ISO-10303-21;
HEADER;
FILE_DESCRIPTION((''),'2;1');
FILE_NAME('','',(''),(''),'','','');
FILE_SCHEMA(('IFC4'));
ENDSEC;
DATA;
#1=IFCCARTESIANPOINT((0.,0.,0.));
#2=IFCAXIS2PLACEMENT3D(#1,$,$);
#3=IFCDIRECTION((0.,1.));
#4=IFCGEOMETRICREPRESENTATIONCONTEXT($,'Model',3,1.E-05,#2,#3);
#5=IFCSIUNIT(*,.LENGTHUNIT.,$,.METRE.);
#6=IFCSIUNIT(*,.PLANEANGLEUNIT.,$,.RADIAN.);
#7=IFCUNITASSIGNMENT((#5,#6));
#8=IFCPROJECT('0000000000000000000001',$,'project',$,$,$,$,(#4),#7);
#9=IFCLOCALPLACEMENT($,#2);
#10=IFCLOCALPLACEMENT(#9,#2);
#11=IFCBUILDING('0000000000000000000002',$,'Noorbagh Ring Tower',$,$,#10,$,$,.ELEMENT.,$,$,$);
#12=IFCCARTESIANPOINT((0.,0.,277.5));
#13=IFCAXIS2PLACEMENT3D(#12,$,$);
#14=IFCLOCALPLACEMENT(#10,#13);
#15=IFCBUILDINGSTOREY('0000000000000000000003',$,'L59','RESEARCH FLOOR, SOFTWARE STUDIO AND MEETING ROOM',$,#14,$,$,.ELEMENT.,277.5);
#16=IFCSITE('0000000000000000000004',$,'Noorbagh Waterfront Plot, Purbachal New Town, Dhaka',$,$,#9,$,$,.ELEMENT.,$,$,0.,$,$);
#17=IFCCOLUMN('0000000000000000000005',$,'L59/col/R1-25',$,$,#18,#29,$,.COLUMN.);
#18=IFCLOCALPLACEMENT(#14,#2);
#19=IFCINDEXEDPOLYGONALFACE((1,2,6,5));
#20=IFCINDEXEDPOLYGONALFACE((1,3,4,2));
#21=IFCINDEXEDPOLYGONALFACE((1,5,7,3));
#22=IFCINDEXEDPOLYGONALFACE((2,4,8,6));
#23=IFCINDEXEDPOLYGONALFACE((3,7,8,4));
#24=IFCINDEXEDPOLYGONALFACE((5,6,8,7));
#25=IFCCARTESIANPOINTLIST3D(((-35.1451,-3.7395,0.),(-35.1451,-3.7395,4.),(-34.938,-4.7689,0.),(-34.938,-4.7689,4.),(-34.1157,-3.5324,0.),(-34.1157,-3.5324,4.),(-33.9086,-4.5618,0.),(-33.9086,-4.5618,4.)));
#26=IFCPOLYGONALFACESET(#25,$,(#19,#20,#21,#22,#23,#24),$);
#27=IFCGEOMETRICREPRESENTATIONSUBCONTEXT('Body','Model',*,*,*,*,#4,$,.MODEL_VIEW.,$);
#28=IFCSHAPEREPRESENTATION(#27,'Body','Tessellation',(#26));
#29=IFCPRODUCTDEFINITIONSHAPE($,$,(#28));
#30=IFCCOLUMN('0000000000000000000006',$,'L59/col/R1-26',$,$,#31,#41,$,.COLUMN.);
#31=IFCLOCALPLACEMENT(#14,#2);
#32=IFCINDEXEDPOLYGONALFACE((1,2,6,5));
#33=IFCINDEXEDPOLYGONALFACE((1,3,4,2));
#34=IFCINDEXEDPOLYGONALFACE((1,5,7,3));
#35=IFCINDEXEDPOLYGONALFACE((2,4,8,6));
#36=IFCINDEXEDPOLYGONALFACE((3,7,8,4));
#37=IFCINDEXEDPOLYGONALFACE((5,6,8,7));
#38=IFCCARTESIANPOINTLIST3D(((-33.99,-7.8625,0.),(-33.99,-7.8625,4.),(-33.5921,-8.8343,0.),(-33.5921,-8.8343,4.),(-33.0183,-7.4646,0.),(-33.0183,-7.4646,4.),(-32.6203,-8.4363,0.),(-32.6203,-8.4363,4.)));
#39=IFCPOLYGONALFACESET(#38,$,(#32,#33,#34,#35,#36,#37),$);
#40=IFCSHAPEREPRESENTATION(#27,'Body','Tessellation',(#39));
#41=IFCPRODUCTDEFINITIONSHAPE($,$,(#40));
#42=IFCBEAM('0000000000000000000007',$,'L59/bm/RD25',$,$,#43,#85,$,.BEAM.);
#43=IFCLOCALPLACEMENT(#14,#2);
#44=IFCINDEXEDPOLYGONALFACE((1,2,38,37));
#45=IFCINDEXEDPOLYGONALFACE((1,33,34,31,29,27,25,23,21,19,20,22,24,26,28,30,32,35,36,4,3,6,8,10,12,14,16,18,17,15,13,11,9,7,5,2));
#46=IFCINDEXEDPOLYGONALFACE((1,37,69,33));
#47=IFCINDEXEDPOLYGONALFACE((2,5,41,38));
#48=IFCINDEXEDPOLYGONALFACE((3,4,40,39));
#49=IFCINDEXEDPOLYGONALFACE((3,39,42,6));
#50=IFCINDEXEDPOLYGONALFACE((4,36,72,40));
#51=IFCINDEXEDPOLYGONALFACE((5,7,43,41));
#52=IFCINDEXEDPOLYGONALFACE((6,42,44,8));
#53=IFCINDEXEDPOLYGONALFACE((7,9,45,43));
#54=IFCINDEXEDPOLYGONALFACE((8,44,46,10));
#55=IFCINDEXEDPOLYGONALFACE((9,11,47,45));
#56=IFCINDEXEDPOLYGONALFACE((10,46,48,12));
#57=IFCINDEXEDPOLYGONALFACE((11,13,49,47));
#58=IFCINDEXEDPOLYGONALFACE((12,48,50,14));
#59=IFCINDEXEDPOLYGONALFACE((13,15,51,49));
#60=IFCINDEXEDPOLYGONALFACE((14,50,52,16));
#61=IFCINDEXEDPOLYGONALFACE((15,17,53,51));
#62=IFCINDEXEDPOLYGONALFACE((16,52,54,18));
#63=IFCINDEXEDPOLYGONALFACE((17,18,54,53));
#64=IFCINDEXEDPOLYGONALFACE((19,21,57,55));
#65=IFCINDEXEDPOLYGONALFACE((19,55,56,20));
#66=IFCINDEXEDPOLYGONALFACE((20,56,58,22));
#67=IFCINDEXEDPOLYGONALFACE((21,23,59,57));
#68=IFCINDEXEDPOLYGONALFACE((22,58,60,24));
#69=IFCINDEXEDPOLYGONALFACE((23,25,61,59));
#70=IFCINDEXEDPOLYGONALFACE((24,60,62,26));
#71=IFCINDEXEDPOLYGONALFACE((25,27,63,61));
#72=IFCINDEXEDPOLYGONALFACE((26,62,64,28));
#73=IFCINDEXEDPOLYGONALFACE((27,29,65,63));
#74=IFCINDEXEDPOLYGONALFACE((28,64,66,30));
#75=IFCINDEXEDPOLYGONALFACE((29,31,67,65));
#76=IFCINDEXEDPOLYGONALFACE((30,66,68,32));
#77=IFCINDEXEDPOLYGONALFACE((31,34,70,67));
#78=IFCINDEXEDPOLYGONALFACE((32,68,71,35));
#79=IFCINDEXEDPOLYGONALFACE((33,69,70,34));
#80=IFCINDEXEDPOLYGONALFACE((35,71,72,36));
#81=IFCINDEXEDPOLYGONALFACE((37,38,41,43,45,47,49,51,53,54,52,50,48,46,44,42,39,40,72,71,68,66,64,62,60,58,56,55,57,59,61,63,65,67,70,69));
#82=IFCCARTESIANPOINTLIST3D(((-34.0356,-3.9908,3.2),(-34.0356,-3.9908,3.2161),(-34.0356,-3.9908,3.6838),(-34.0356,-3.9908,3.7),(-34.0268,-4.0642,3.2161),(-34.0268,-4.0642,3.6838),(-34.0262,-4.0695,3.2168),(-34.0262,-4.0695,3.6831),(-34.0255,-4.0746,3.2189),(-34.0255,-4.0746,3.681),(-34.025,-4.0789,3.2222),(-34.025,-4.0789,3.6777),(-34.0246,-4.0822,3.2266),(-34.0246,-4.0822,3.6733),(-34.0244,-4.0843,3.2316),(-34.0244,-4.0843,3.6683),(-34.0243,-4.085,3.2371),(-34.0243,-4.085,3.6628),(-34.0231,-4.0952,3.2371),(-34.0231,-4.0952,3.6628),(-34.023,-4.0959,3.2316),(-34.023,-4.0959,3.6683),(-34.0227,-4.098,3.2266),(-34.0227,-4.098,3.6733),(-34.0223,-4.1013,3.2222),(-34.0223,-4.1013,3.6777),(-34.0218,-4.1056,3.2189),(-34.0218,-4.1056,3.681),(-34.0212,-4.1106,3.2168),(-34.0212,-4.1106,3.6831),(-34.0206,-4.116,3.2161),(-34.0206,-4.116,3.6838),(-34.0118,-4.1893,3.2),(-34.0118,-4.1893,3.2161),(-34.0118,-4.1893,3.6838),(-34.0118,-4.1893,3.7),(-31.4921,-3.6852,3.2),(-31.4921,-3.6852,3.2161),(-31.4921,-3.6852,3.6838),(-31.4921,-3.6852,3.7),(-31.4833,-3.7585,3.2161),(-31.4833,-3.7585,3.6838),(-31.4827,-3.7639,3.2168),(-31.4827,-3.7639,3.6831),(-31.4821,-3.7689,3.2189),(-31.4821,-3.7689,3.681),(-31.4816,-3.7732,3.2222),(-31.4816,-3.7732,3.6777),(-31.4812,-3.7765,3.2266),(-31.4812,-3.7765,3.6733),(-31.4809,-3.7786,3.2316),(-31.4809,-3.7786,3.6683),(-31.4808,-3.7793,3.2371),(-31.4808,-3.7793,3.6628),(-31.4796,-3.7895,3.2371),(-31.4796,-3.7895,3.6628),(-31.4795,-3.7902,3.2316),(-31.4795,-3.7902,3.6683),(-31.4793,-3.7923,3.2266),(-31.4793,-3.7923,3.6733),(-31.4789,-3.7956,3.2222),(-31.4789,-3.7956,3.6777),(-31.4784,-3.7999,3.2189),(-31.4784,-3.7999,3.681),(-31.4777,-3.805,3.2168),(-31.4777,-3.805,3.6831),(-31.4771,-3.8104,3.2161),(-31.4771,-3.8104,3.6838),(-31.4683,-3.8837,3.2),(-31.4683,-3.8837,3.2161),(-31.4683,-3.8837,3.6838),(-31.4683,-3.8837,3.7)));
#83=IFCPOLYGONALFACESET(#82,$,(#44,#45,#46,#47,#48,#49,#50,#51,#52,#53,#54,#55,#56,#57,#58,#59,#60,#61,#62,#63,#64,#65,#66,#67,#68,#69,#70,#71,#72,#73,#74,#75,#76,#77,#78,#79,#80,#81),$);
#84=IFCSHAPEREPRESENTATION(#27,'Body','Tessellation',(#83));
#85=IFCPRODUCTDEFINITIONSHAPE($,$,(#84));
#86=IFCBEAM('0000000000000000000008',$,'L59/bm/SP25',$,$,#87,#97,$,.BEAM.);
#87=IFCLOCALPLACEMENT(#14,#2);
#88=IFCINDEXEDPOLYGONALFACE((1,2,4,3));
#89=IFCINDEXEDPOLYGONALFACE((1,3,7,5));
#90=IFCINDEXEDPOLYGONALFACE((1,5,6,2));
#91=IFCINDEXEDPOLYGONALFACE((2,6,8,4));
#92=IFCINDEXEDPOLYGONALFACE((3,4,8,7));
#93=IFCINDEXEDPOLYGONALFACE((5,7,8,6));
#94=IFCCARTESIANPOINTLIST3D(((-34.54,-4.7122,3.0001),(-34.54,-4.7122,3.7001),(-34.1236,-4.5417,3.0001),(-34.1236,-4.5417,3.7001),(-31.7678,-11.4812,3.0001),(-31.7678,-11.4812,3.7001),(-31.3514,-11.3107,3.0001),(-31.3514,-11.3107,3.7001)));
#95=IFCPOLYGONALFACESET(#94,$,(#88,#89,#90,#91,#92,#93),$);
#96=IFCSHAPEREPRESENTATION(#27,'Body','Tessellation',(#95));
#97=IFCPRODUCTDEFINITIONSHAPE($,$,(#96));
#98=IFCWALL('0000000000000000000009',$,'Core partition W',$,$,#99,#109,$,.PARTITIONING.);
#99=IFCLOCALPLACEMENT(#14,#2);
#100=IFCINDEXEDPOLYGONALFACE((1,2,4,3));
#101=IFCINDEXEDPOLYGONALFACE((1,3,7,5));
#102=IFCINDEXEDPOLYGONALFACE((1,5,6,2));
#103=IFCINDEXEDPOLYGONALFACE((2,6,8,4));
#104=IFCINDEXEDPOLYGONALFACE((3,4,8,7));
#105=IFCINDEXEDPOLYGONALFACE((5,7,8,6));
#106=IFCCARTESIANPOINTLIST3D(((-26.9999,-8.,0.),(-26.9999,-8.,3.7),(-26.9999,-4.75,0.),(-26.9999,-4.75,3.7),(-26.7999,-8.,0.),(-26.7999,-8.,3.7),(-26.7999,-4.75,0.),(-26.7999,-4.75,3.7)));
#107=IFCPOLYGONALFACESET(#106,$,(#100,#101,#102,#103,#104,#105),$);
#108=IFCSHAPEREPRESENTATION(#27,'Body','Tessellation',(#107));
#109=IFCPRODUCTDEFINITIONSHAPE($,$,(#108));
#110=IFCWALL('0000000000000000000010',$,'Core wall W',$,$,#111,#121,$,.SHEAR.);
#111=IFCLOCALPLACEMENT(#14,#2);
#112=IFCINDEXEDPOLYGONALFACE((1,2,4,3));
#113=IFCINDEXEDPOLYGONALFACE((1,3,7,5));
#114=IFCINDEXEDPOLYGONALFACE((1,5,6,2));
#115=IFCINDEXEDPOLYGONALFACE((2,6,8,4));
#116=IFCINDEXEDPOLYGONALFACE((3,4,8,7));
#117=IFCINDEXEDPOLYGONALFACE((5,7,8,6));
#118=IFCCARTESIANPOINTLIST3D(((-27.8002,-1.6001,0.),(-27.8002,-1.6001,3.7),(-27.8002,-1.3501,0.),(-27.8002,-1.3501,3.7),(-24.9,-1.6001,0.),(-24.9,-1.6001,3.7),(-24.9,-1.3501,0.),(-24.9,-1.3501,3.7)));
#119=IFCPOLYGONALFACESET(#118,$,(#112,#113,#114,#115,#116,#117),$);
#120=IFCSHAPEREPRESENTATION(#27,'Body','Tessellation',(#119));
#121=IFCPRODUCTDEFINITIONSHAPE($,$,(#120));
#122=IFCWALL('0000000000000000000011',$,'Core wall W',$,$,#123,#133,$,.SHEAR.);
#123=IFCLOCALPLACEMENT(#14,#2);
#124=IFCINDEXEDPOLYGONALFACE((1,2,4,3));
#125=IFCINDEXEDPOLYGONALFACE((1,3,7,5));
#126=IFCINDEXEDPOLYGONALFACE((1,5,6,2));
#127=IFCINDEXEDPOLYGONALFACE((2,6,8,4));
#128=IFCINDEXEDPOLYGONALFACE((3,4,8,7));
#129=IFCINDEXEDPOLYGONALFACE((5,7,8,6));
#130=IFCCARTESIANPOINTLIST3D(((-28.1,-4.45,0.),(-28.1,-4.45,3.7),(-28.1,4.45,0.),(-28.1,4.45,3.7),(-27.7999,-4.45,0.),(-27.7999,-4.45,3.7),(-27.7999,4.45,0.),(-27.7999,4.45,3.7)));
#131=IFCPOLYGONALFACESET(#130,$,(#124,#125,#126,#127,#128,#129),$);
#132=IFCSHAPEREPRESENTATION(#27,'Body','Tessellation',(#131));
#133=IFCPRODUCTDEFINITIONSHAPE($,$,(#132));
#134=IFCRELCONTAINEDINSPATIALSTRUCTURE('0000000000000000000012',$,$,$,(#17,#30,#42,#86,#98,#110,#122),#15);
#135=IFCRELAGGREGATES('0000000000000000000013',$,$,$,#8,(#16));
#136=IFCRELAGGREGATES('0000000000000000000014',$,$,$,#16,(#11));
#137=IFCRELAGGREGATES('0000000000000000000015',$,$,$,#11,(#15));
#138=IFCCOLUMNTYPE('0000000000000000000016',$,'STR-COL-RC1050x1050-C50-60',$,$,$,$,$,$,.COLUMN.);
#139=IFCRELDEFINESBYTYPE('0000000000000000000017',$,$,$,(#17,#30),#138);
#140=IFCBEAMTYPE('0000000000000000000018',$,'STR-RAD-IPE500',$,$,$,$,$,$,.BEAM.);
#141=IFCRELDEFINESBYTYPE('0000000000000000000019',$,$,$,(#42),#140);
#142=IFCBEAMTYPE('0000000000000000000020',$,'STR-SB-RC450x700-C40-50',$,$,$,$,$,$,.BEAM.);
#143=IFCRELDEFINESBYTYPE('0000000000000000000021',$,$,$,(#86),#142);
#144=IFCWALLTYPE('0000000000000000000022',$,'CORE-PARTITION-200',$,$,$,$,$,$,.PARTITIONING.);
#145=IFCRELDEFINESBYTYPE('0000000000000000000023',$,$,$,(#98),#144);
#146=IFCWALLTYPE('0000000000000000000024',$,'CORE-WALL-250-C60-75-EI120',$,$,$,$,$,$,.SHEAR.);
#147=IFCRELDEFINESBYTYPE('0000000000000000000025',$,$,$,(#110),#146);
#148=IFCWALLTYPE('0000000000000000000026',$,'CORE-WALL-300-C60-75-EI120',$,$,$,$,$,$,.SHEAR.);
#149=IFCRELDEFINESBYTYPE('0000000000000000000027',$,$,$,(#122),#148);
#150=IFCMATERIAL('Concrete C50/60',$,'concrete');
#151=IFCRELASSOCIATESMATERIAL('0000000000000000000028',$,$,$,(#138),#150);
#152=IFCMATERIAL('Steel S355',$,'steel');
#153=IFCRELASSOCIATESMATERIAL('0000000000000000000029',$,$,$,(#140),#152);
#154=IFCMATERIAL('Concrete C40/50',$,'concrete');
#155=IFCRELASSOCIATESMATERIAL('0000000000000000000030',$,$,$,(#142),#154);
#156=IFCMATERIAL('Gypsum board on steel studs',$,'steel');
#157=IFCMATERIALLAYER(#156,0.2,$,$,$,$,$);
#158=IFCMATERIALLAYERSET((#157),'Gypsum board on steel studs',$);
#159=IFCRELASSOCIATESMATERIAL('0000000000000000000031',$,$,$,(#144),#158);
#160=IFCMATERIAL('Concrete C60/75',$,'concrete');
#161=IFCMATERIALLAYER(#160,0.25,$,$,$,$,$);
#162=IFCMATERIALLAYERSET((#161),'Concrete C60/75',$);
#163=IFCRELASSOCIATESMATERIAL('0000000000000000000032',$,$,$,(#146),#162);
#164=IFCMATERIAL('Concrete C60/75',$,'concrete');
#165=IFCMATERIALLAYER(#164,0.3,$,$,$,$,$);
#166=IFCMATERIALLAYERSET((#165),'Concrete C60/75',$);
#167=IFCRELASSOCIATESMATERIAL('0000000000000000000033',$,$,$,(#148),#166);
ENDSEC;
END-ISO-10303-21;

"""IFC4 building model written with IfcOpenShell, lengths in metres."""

from ifc_helpers import new_model, si_unit, direction, frame, frame_2d, origin, origin_2d, place, context, subcontext, project, spatial, rectangle, i_section, extrude, material, layer, layer_set, material_profile, profile_set, type_object, element, save


model = new_model("IFC4")

# Units and contexts
model_context = context("Model", 3, precision=1e-05, world=origin(), true_north=direction((0.0, 1.0)))
body_context = subcontext(model_context, "Body", "Model", "MODEL_VIEW")
ifc_project = project(units=[si_unit("LENGTHUNIT", "METRE"), si_unit("PLANEANGLEUNIT", "RADIAN")], contexts=[model_context])

# Site, building, storey
site_placement = place(None, origin())
site = spatial("IfcSite", under=ifc_project, at=site_placement, Name="Noorbagh Waterfront Plot, Purbachal New Town, Dhaka", CompositionType="ELEMENT", RefElevation=0.0)
building_placement = place(site_placement, origin())
building = spatial("IfcBuilding", under=site, at=building_placement, Name="Noorbagh Ring Tower", CompositionType="ELEMENT")
storey_placement = place(building_placement, frame((0.0, 0.0, 277.5)))
storey = spatial("IfcBuildingStorey", under=building, at=storey_placement, Name="L59", Description="RESEARCH FLOOR, SOFTWARE STUDIO AND MEETING ROOM", CompositionType="ELEMENT", Elevation=277.5)

# Columns
ifc_material_1 = material(Name="Concrete C50/60", Category="concrete")
ifc_material_profile_1 = material_profile(ifc_material_1, rectangle(XDim=1.05, YDim=1.05, at=origin_2d()), Name="RC1050x1050")
ifc_profile_set_1 = profile_set([ifc_material_profile_1], Name="Concrete C50/60")
column_type = type_object("IfcColumnType", Name="STR-COL-RC1050x1050-C50-60", PredefinedType="COLUMN", material=ifc_profile_set_1)
for number, where, z_axis, x_axis, name in (
    (1, (-34.5269, -4.1506, 0.0), (0.0, 0.0, 1.0), (0.19723, -0.980357, 0.0), "L59/col/R1-25"),
    (2, (-33.3052, -8.1494, 0.0), (0.0, 0.0, 1.0), (0.378989, -0.925401, 0.0), "L59/col/R1-26"),
):
    element("IfcColumn", number, at=place(storey_placement, frame(where, z_axis=z_axis, x_axis=x_axis)), inside=storey, type_object=column_type, Name=name, PredefinedType="COLUMN", context=body_context, shape_type="SweptSolid", body=[
        extrude(rectangle(XDim=1.05, YDim=1.05, at=origin_2d()), origin(), (0.0, 0.0, 1.0), 4.0),
    ])

# Beams
ifc_material_2 = material(Name="Steel S355", Category="steel")
ifc_material_profile_2 = material_profile(ifc_material_2, i_section(OverallWidth=0.2, OverallDepth=0.5, WebThickness=0.0103, FlangeThickness=0.0161, FilletRadius=0.021, at=origin_2d()), Name="IPE500")
ifc_profile_set_2 = profile_set([ifc_material_profile_2], Name="Steel S355")
beam_type_1 = type_object("IfcBeamType", Name="STR-RAD-IPE500", PredefinedType="BEAM", material=ifc_profile_set_2)
beam_1_placement = place(storey_placement, frame((-34.0237, -4.0901, 3.45), z_axis=(0.992856, 0.119318, 0.0), x_axis=(-0.119318, 0.992856, 0.0)))
element("IfcBeam", 3, at=beam_1_placement, inside=storey, type_object=beam_type_1, Name="L59/bm/RD25", PredefinedType="BEAM", context=body_context, shape_type="SweptSolid", body=[
    extrude(i_section(OverallWidth=0.2, OverallDepth=0.5, WebThickness=0.0103, FlangeThickness=0.0161, FilletRadius=0.021, at=origin_2d()), origin(), (0.0, 0.0, 1.0), 2.5618),
])
ifc_material_3 = material(Name="Concrete C40/50", Category="concrete")
ifc_material_profile_3 = material_profile(ifc_material_3, rectangle(XDim=0.45, YDim=0.7, at=origin_2d()), Name="RC450x700")
ifc_profile_set_3 = profile_set([ifc_material_profile_3], Name="Concrete C40/50")
beam_type_2 = type_object("IfcBeamType", Name="STR-SB-RC450x700-C40-50", PredefinedType="BEAM", material=ifc_profile_set_3)
beam_2_placement = place(storey_placement, frame((-34.3318, -4.627, 3.3501), z_axis=(0.378992, -0.9254, 0.0), x_axis=(0.9254, 0.378992, 0.0)))
element("IfcBeam", 4, at=beam_2_placement, inside=storey, type_object=beam_type_2, Name="L59/bm/SP25", PredefinedType="BEAM", context=body_context, shape_type="SweptSolid", body=[
    extrude(rectangle(XDim=0.45, YDim=0.7, at=origin_2d()), origin(), (0.0, 0.0, 1.0), 7.3147),
])

# Walls
ifc_material_4 = material(Name="Gypsum board on steel studs", Category="steel")
ifc_layer_1 = layer(ifc_material_4, 0.2)
ifc_layer_set_1 = layer_set([ifc_layer_1], Name="Gypsum board on steel studs")
wall_type_1 = type_object("IfcWallType", Name="CORE-PARTITION-200", PredefinedType="PARTITIONING", material=ifc_layer_set_1)
wall_1_placement = place(storey_placement, frame((-26.8999, -8.0, 0.0), z_axis=(0.0, 0.0, 1.0), x_axis=(0.0, 1.0, 0.0)))
element("IfcWall", 5, at=wall_1_placement, inside=storey, type_object=wall_type_1, Name="Core partition W", PredefinedType="PARTITIONING", context=body_context, shape_type="SweptSolid", body=[
    extrude(rectangle(XDim=3.25, YDim=0.2, at=frame_2d((1.625, 0.0))), origin(), (0.0, 0.0, 1.0), 3.7),
])
ifc_material_5 = material(Name="Concrete C60/75", Category="concrete")
ifc_layer_2 = layer(ifc_material_5, 0.25)
ifc_layer_set_2 = layer_set([ifc_layer_2], Name="Concrete C60/75")
wall_type_2 = type_object("IfcWallType", Name="CORE-WALL-250-C60-75-EI120", PredefinedType="SHEAR", material=ifc_layer_set_2)
wall_2_placement = place(storey_placement, frame((-24.8999, -1.4751, 0.0), z_axis=(0.0, 0.0, 1.0), x_axis=(-1.0, 0.0, 0.0)))
element("IfcWall", 6, at=wall_2_placement, inside=storey, type_object=wall_type_2, Name="Core wall W", PredefinedType="SHEAR", context=body_context, shape_type="SweptSolid", body=[
    extrude(rectangle(XDim=2.9001, YDim=0.25, at=frame_2d((1.4502, 0.0))), origin(), (0.0, 0.0, 1.0), 3.7),
])
ifc_material_6 = material(Name="Concrete C60/75", Category="concrete")
ifc_layer_3 = layer(ifc_material_6, 0.3)
ifc_layer_set_3 = layer_set([ifc_layer_3], Name="Concrete C60/75")
wall_type_3 = type_object("IfcWallType", Name="CORE-WALL-300-C60-75-EI120", PredefinedType="SHEAR", material=ifc_layer_set_3)
wall_3_placement = place(storey_placement, frame((-27.95, -4.45, 0.0), z_axis=(0.0, 0.0, 1.0), x_axis=(0.0, 1.0, 0.0)))
element("IfcWall", 7, at=wall_3_placement, inside=storey, type_object=wall_type_3, Name="Core wall W", PredefinedType="SHEAR", context=body_context, shape_type="SweptSolid", body=[
    extrude(rectangle(XDim=8.8999, YDim=0.3, at=frame_2d((4.45, 0.0))), origin(), (0.0, 0.0, 1.0), 3.7),
])

save(model, "model.ifc")
